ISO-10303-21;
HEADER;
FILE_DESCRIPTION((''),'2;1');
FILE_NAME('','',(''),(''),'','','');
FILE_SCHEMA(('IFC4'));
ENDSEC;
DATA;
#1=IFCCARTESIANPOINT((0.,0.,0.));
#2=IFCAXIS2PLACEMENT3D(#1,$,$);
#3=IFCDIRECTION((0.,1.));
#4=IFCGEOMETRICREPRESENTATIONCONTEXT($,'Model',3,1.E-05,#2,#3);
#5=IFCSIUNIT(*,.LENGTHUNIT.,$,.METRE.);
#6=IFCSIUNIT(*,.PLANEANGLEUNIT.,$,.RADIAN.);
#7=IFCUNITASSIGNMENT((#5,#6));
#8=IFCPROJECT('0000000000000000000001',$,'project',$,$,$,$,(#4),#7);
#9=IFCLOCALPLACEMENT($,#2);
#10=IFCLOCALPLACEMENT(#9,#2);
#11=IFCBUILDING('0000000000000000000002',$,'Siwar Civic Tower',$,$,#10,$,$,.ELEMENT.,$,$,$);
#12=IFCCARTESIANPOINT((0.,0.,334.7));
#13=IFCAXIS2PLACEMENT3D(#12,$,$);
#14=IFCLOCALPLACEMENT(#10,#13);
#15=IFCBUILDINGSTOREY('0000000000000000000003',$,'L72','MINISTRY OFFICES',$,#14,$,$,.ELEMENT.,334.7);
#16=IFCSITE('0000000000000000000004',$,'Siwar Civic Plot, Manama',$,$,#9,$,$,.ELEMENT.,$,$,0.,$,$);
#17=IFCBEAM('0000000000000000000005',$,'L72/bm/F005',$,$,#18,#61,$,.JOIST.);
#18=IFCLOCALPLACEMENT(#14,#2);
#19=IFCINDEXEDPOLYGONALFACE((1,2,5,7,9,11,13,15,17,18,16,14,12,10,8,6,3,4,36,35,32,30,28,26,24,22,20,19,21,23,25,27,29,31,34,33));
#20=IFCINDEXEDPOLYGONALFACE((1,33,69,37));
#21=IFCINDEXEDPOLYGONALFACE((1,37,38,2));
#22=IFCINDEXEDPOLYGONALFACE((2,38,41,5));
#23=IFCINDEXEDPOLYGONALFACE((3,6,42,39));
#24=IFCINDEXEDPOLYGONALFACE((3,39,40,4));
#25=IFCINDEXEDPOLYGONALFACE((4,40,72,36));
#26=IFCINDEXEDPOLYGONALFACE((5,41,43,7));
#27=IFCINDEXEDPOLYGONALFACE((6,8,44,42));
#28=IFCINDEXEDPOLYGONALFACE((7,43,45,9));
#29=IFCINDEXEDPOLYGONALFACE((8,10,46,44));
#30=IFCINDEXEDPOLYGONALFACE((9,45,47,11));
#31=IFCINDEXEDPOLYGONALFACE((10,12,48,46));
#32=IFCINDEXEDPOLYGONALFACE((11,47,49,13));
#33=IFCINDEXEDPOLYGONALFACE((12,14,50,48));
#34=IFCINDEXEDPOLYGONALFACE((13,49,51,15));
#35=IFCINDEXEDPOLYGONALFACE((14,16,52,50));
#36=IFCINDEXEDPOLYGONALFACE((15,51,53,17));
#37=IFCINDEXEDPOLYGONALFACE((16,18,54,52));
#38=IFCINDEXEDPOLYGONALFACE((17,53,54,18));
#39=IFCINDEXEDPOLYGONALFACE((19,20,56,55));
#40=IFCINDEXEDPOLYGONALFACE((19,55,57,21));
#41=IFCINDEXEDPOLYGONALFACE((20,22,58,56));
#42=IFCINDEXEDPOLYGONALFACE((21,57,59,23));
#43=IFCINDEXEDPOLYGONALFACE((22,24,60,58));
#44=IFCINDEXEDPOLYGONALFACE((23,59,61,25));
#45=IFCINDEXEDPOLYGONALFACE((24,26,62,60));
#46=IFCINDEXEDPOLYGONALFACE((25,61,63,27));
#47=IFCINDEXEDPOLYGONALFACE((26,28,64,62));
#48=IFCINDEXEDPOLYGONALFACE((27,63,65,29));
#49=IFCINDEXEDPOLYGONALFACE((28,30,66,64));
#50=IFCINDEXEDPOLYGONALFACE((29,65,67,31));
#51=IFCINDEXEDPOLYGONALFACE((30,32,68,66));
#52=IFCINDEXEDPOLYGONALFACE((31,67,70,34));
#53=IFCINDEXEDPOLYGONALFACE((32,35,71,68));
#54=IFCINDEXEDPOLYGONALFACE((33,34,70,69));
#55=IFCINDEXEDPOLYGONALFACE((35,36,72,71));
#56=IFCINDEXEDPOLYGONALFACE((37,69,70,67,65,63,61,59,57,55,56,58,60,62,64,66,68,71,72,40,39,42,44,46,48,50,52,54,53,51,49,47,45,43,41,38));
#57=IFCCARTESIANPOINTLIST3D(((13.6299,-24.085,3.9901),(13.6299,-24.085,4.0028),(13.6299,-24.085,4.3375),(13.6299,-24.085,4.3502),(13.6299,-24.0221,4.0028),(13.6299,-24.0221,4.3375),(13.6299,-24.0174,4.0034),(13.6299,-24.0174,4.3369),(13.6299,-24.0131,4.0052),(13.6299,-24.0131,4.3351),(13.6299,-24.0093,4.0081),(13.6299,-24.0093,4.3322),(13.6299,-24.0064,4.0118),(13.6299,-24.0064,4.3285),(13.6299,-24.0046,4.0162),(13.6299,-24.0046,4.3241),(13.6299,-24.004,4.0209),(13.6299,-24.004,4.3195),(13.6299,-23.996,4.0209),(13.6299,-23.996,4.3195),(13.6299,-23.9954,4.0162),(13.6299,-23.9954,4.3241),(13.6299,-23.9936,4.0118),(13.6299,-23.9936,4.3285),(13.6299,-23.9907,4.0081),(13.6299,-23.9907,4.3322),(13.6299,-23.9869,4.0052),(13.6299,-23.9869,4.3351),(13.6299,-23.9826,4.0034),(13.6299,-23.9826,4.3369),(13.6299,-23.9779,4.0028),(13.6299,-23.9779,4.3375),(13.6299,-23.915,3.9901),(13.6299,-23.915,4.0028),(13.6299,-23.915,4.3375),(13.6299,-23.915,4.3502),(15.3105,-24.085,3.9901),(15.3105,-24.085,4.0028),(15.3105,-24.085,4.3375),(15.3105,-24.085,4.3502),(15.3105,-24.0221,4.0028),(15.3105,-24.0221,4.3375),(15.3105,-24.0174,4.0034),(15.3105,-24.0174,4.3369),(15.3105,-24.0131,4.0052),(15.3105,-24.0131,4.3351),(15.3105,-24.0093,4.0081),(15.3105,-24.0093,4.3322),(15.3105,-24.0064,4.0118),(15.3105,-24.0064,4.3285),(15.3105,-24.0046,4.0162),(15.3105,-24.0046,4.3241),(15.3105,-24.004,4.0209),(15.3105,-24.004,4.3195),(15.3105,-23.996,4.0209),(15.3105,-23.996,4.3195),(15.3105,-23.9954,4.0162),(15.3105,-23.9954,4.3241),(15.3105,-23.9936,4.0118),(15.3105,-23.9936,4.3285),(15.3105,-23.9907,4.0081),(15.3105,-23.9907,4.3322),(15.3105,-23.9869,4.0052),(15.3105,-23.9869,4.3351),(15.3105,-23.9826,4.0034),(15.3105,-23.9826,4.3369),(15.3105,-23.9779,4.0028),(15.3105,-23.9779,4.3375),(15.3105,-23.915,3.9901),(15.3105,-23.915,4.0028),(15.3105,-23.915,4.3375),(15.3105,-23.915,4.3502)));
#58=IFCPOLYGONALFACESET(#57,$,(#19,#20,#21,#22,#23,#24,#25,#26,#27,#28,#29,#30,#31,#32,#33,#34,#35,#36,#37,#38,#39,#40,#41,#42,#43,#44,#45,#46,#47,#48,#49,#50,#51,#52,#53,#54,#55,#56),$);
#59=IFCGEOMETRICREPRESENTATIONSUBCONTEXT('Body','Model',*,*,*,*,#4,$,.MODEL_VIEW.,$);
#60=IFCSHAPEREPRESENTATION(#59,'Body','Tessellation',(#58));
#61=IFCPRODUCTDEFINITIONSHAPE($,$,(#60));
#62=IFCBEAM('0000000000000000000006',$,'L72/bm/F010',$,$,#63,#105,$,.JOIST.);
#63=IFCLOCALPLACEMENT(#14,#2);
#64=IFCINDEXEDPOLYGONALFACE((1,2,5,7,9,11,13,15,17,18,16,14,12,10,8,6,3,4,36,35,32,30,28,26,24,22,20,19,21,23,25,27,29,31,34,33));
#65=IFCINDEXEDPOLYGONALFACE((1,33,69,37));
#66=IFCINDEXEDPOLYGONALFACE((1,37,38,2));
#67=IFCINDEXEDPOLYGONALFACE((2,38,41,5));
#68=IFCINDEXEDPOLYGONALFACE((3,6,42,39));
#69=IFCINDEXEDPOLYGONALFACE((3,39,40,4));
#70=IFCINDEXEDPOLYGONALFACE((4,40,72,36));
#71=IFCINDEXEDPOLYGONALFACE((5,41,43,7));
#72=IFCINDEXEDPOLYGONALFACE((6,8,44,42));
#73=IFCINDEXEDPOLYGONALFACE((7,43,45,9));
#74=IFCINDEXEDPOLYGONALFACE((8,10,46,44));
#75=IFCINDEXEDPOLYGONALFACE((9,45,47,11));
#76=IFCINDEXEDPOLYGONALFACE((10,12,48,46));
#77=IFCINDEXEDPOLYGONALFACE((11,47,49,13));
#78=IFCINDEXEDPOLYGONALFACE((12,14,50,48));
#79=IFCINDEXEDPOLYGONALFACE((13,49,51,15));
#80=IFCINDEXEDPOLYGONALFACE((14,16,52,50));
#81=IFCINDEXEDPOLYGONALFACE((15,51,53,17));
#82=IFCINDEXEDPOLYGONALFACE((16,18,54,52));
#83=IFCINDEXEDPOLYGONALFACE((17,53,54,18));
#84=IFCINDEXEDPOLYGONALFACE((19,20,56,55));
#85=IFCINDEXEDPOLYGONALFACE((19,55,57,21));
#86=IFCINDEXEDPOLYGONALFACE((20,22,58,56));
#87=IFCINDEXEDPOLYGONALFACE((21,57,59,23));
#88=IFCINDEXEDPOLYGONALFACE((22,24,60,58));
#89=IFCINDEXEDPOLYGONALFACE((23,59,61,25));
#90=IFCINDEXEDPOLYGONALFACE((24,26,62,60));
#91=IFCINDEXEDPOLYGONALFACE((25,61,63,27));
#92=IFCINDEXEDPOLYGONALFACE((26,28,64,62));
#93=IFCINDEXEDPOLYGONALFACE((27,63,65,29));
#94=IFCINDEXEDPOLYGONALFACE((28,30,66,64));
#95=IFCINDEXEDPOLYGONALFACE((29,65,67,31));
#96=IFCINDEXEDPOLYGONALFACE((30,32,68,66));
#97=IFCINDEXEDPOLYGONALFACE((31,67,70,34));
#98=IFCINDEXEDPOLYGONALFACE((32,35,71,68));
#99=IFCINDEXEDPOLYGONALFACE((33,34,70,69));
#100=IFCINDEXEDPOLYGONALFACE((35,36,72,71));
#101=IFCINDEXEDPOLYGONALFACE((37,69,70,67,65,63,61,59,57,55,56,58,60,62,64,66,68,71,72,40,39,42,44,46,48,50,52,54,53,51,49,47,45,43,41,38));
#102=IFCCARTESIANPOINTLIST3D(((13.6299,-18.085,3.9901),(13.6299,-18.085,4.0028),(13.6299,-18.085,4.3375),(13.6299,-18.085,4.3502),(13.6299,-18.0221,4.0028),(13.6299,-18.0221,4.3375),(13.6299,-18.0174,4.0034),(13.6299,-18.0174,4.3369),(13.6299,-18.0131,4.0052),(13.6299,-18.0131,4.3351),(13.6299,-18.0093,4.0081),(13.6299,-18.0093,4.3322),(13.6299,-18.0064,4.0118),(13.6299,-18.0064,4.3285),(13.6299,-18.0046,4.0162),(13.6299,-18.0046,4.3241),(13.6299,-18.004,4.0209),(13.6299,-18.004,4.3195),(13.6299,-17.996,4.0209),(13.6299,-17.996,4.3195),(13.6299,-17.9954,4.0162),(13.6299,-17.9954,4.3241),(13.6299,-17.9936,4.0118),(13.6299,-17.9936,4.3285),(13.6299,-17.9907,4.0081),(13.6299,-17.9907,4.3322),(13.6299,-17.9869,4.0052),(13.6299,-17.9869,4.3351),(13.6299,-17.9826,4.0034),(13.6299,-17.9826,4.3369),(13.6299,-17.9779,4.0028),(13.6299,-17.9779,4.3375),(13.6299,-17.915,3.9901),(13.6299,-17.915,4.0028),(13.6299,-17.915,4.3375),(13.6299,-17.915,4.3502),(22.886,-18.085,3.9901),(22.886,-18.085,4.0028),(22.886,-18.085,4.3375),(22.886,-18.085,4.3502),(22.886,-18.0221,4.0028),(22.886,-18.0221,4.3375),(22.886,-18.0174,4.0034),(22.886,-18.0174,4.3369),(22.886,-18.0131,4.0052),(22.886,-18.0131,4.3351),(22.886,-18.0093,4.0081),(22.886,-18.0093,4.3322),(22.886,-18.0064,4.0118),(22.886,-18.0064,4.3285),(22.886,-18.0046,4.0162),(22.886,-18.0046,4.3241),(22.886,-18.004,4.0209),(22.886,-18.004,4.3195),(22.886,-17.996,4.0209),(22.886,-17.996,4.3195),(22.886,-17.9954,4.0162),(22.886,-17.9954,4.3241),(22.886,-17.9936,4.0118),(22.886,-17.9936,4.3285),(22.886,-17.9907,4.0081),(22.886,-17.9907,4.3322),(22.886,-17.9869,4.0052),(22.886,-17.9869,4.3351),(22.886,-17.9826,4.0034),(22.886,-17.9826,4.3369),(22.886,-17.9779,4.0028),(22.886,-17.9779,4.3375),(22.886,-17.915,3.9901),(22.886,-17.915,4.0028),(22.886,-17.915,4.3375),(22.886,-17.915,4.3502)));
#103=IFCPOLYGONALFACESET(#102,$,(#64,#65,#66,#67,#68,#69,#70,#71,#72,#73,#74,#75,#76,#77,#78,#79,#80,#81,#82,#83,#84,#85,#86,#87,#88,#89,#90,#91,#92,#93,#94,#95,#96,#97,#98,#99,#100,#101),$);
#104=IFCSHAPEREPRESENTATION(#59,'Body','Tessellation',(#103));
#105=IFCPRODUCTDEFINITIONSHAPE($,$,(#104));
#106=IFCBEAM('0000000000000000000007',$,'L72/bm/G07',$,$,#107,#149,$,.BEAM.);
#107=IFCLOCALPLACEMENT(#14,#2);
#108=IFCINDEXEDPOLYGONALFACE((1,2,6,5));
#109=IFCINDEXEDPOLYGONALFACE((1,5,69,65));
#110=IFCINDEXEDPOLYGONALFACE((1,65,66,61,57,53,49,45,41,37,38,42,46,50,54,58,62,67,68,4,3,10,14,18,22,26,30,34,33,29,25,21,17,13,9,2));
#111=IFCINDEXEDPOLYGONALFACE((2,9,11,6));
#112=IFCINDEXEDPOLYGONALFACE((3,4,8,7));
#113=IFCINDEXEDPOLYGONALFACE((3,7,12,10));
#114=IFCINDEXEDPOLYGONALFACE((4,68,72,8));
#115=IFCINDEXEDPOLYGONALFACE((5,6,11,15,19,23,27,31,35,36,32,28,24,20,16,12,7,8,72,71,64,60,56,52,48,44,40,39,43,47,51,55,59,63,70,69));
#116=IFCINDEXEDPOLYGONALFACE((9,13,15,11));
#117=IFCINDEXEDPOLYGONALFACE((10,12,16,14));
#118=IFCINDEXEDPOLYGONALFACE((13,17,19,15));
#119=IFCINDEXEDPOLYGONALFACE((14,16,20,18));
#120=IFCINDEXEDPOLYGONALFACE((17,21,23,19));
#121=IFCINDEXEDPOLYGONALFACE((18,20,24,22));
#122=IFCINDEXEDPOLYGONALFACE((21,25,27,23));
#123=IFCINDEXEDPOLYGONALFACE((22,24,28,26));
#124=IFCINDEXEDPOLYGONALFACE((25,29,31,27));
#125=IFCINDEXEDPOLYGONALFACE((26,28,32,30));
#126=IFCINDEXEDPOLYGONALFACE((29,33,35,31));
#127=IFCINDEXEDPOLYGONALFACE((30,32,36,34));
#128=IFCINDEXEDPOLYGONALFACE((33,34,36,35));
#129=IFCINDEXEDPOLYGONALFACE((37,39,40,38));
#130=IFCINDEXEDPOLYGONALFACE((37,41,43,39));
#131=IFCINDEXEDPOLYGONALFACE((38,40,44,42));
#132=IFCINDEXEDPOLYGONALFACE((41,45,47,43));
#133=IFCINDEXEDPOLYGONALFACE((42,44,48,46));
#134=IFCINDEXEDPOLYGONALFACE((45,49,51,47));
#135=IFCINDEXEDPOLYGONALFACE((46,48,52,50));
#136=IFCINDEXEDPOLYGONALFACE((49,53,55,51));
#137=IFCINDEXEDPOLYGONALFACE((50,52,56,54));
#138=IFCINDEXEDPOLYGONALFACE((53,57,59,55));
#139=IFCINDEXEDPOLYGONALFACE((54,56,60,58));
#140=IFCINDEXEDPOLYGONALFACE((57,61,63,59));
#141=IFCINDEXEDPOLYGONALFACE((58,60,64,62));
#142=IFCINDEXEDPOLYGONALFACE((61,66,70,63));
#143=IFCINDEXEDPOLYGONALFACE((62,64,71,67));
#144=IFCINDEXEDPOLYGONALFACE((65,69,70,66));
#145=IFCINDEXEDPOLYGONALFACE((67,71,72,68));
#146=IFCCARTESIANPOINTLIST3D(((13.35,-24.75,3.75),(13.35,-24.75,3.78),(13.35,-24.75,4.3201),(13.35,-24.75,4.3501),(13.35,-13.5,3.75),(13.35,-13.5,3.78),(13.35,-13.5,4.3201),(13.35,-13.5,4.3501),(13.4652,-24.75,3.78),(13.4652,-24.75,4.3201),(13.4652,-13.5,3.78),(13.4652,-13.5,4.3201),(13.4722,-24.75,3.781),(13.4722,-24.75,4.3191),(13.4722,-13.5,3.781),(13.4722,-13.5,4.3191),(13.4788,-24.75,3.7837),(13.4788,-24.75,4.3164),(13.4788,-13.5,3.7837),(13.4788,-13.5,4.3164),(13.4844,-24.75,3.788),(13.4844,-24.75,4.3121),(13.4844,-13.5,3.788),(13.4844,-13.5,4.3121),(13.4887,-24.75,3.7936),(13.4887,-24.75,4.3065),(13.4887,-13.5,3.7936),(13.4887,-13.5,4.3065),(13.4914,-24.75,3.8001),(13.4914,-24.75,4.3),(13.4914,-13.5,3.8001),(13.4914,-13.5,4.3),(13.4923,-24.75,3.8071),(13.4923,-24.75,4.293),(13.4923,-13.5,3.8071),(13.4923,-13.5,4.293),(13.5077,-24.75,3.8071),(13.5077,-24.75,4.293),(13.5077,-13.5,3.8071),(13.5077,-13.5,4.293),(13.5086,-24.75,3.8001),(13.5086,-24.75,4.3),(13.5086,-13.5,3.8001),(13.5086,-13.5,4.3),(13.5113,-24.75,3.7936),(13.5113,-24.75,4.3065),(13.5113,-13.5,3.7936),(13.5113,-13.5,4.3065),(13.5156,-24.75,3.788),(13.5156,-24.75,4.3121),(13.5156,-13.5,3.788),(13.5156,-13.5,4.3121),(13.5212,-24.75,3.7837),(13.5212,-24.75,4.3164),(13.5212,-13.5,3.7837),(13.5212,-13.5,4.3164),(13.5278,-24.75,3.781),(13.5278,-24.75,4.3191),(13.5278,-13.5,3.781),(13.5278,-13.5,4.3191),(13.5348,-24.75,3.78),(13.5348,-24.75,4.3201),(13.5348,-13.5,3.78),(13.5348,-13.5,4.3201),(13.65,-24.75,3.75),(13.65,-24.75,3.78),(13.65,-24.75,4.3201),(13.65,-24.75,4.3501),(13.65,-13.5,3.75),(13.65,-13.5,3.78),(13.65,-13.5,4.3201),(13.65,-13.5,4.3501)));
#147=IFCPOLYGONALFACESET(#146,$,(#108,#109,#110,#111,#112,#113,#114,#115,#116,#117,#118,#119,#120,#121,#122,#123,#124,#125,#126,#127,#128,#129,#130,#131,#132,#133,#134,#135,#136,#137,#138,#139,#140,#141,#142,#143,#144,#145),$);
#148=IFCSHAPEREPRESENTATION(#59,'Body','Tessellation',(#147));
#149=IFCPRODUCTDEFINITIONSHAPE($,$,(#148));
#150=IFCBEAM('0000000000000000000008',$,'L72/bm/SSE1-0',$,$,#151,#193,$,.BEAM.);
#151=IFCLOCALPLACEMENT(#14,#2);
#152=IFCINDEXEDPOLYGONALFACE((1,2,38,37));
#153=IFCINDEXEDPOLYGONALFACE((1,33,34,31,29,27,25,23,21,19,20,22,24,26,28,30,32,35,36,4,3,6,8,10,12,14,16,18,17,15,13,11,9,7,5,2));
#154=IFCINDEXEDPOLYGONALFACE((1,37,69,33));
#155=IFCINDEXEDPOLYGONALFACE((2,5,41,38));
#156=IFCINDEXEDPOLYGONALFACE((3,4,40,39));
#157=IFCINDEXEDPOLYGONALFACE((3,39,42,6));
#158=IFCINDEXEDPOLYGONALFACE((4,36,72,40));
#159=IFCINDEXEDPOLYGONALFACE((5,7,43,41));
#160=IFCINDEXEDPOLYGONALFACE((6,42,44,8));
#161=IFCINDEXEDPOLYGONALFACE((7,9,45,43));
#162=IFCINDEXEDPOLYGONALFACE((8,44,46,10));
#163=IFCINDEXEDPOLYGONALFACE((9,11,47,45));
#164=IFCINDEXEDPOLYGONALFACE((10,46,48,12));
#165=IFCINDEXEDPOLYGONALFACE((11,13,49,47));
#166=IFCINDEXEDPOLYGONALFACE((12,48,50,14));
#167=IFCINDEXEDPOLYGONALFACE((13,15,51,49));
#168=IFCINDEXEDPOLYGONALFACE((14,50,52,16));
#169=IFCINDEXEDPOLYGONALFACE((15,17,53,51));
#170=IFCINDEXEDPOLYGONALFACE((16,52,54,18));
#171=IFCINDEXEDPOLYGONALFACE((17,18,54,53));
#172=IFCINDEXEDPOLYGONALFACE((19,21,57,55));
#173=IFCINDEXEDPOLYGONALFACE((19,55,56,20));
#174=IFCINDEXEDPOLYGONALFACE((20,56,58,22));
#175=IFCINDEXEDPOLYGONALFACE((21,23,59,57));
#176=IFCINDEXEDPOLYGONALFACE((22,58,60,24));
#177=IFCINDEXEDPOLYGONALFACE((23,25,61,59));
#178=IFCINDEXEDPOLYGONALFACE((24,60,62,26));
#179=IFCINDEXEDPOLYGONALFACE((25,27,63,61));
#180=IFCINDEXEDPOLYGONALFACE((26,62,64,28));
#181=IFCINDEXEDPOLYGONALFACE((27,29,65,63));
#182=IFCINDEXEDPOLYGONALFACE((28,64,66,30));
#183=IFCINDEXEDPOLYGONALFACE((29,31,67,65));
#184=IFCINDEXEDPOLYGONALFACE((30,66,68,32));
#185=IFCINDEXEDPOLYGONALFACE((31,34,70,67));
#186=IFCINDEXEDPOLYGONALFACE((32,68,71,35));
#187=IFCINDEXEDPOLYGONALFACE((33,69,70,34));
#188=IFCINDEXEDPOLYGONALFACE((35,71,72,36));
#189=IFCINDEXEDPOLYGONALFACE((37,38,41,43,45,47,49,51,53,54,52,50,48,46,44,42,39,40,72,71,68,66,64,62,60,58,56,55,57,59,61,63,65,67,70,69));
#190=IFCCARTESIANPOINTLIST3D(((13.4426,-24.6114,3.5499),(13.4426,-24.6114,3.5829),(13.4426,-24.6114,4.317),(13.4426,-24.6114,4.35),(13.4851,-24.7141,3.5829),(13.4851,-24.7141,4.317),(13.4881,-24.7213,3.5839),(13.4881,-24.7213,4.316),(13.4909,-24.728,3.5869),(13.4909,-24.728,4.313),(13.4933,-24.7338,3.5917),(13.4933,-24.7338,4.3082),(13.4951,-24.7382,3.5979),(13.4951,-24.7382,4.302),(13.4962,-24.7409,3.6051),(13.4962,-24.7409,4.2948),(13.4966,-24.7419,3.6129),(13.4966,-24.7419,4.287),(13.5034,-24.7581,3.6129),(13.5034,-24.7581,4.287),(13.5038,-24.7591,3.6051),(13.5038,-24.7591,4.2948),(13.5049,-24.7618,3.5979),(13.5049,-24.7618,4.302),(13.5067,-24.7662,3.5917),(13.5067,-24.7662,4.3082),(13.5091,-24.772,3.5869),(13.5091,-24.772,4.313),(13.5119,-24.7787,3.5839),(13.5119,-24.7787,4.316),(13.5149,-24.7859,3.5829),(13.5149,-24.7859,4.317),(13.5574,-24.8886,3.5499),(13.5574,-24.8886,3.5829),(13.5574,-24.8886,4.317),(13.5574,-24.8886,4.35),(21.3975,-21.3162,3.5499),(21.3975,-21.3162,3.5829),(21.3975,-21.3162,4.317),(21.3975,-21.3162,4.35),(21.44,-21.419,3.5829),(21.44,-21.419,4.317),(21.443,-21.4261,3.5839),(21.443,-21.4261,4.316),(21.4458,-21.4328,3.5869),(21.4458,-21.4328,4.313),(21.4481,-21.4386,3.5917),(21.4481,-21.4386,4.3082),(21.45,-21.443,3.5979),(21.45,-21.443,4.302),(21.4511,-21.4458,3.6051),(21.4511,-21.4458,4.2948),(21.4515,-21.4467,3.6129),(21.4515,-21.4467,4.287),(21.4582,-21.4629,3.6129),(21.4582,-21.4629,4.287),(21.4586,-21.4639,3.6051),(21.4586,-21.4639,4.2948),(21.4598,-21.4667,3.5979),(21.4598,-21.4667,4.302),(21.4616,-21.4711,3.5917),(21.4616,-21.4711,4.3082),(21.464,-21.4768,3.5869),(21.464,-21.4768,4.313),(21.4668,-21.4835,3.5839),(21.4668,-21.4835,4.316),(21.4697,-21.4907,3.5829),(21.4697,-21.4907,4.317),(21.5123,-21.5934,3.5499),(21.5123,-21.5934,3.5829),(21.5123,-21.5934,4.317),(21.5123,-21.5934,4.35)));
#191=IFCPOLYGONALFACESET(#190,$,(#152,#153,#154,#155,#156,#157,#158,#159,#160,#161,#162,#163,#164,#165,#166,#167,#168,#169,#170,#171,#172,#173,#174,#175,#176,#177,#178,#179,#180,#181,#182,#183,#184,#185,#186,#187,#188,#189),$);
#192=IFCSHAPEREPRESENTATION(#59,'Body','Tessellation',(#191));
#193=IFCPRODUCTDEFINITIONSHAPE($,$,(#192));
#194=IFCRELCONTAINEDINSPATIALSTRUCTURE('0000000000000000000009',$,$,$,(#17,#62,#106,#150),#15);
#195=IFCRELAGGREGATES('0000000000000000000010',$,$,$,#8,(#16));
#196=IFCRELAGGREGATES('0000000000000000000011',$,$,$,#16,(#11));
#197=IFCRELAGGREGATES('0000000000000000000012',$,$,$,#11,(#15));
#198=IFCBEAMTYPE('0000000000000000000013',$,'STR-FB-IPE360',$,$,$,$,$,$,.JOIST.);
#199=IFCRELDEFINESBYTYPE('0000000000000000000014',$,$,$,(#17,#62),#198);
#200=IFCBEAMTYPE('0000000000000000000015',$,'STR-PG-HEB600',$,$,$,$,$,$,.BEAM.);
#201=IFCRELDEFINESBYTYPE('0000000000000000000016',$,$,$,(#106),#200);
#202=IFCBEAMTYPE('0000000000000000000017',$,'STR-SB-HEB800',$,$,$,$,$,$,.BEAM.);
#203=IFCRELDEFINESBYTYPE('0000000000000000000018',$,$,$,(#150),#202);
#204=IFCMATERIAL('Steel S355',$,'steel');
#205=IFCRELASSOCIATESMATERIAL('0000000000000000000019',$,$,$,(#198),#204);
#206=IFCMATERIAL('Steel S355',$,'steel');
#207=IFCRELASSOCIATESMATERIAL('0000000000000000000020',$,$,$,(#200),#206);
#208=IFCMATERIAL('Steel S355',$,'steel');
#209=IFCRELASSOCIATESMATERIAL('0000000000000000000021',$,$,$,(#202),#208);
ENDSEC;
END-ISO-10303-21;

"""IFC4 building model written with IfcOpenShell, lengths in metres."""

from ifc_helpers import new_model, si_unit, direction, frame, origin, origin_2d, place, context, subcontext, project, spatial, i_section, extrude, material, material_profile, profile_set, type_object, element, save


model = new_model("IFC4")

# Units and contexts
model_context = context("Model", 3, precision=1e-05, world=origin(), true_north=direction((0.0, 1.0)))
body_context = subcontext(model_context, "Body", "Model", "MODEL_VIEW")
ifc_project = project(units=[si_unit("LENGTHUNIT", "METRE"), si_unit("PLANEANGLEUNIT", "RADIAN")], contexts=[model_context])

# Site, building, storey
site_placement = place(None, origin())
site = spatial("IfcSite", under=ifc_project, at=site_placement, Name="Siwar Civic Plot, Manama", CompositionType="ELEMENT", RefElevation=0.0)
building_placement = place(site_placement, origin())
building = spatial("IfcBuilding", under=site, at=building_placement, Name="Siwar Civic Tower", CompositionType="ELEMENT")
storey_placement = place(building_placement, frame((0.0, 0.0, 334.7)))
storey = spatial("IfcBuildingStorey", under=building, at=storey_placement, Name="L72", Description="MINISTRY OFFICES", CompositionType="ELEMENT", Elevation=334.7)

# Beams
ifc_material_1 = material(Name="Steel S355", Category="steel")
ifc_material_profile_1 = material_profile(ifc_material_1, i_section(OverallWidth=0.1699, OverallDepth=0.3601, WebThickness=0.0081, FlangeThickness=0.0127, FilletRadius=0.0181, at=origin_2d()), Name="IPE360")
ifc_profile_set_1 = profile_set([ifc_material_profile_1], Name="Steel S355")
beam_type_1 = type_object("IfcBeamType", Name="STR-FB-IPE360", PredefinedType="JOIST", material=ifc_profile_set_1)
beam_1_placement = place(storey_placement, frame((13.6299, -24.0, 4.1702), z_axis=(1.0, 0.0, 0.0), x_axis=(0.0, 1.0, 0.0)))
element("IfcBeam", 1, at=beam_1_placement, inside=storey, type_object=beam_type_1, Name="L72/bm/F005", PredefinedType="JOIST", context=body_context, shape_type="SweptSolid", body=[
    extrude(i_section(OverallWidth=0.1699, OverallDepth=0.3601, WebThickness=0.0081, FlangeThickness=0.0127, FilletRadius=0.0181, at=origin_2d()), origin(), (0.0, 0.0, 1.0), 1.6807),
])
beam_2_placement = place(storey_placement, frame((13.6299, -18.0, 4.1702), z_axis=(1.0, 0.0, 0.0), x_axis=(0.0, 1.0, 0.0)))
element("IfcBeam", 2, at=beam_2_placement, inside=storey, type_object=beam_type_1, Name="L72/bm/F010", PredefinedType="JOIST", context=body_context, shape_type="SweptSolid", body=[
    extrude(i_section(OverallWidth=0.1699, OverallDepth=0.3601, WebThickness=0.0081, FlangeThickness=0.0127, FilletRadius=0.0181, at=origin_2d()), origin(), (0.0, 0.0, 1.0), 9.2561),
])
ifc_material_2 = material(Name="Steel S355", Category="steel")
ifc_material_profile_2 = material_profile(ifc_material_2, i_section(OverallWidth=0.3, OverallDepth=0.6001, WebThickness=0.0154, FlangeThickness=0.03, FilletRadius=0.0271, at=origin_2d()), Name="HEB600")
ifc_profile_set_2 = profile_set([ifc_material_profile_2], Name="Steel S355")
beam_type_2 = type_object("IfcBeamType", Name="STR-PG-HEB600", PredefinedType="BEAM", material=ifc_profile_set_2)
beam_3_placement = place(storey_placement, frame((13.5, -24.75, 4.05), z_axis=(0.0, 1.0, 0.0), x_axis=(-1.0, 0.0, 0.0)))
element("IfcBeam", 3, at=beam_3_placement, inside=storey, type_object=beam_type_2, Name="L72/bm/G07", PredefinedType="BEAM", context=body_context, shape_type="SweptSolid", body=[
    extrude(i_section(OverallWidth=0.3, OverallDepth=0.6001, WebThickness=0.0154, FlangeThickness=0.03, FilletRadius=0.0271, at=origin_2d()), origin(), (0.0, 0.0, 1.0), 11.25),
])
ifc_material_3 = material(Name="Steel S355", Category="steel")
ifc_material_profile_3 = material_profile(ifc_material_3, i_section(OverallWidth=0.3, OverallDepth=0.8, WebThickness=0.0176, FlangeThickness=0.033, FilletRadius=0.03, at=origin_2d()), Name="HEB800")
ifc_profile_set_3 = profile_set([ifc_material_profile_3], Name="Steel S355")
beam_type_3 = type_object("IfcBeamType", Name="STR-SB-HEB800", PredefinedType="BEAM", material=ifc_profile_set_3)
for number, where, z_axis, x_axis, name in (
    (4, (13.5, -24.75, 3.95), (0.923873, 0.3827, 0.0), (-0.3827, 0.923873, 0.0), "L72/bm/SSE1-0"),
):
    element("IfcBeam", number, at=place(storey_placement, frame(where, z_axis=z_axis, x_axis=x_axis)), inside=storey, type_object=beam_type_3, Name=name, PredefinedType="BEAM", context=body_context, shape_type="SweptSolid", body=[
        extrude(i_section(OverallWidth=0.3, OverallDepth=0.8, WebThickness=0.0176, FlangeThickness=0.033, FilletRadius=0.03, at=origin_2d()), origin(), (0.0, 0.0, 1.0), 8.6104),
    ])

save(model, "model.ifc")
